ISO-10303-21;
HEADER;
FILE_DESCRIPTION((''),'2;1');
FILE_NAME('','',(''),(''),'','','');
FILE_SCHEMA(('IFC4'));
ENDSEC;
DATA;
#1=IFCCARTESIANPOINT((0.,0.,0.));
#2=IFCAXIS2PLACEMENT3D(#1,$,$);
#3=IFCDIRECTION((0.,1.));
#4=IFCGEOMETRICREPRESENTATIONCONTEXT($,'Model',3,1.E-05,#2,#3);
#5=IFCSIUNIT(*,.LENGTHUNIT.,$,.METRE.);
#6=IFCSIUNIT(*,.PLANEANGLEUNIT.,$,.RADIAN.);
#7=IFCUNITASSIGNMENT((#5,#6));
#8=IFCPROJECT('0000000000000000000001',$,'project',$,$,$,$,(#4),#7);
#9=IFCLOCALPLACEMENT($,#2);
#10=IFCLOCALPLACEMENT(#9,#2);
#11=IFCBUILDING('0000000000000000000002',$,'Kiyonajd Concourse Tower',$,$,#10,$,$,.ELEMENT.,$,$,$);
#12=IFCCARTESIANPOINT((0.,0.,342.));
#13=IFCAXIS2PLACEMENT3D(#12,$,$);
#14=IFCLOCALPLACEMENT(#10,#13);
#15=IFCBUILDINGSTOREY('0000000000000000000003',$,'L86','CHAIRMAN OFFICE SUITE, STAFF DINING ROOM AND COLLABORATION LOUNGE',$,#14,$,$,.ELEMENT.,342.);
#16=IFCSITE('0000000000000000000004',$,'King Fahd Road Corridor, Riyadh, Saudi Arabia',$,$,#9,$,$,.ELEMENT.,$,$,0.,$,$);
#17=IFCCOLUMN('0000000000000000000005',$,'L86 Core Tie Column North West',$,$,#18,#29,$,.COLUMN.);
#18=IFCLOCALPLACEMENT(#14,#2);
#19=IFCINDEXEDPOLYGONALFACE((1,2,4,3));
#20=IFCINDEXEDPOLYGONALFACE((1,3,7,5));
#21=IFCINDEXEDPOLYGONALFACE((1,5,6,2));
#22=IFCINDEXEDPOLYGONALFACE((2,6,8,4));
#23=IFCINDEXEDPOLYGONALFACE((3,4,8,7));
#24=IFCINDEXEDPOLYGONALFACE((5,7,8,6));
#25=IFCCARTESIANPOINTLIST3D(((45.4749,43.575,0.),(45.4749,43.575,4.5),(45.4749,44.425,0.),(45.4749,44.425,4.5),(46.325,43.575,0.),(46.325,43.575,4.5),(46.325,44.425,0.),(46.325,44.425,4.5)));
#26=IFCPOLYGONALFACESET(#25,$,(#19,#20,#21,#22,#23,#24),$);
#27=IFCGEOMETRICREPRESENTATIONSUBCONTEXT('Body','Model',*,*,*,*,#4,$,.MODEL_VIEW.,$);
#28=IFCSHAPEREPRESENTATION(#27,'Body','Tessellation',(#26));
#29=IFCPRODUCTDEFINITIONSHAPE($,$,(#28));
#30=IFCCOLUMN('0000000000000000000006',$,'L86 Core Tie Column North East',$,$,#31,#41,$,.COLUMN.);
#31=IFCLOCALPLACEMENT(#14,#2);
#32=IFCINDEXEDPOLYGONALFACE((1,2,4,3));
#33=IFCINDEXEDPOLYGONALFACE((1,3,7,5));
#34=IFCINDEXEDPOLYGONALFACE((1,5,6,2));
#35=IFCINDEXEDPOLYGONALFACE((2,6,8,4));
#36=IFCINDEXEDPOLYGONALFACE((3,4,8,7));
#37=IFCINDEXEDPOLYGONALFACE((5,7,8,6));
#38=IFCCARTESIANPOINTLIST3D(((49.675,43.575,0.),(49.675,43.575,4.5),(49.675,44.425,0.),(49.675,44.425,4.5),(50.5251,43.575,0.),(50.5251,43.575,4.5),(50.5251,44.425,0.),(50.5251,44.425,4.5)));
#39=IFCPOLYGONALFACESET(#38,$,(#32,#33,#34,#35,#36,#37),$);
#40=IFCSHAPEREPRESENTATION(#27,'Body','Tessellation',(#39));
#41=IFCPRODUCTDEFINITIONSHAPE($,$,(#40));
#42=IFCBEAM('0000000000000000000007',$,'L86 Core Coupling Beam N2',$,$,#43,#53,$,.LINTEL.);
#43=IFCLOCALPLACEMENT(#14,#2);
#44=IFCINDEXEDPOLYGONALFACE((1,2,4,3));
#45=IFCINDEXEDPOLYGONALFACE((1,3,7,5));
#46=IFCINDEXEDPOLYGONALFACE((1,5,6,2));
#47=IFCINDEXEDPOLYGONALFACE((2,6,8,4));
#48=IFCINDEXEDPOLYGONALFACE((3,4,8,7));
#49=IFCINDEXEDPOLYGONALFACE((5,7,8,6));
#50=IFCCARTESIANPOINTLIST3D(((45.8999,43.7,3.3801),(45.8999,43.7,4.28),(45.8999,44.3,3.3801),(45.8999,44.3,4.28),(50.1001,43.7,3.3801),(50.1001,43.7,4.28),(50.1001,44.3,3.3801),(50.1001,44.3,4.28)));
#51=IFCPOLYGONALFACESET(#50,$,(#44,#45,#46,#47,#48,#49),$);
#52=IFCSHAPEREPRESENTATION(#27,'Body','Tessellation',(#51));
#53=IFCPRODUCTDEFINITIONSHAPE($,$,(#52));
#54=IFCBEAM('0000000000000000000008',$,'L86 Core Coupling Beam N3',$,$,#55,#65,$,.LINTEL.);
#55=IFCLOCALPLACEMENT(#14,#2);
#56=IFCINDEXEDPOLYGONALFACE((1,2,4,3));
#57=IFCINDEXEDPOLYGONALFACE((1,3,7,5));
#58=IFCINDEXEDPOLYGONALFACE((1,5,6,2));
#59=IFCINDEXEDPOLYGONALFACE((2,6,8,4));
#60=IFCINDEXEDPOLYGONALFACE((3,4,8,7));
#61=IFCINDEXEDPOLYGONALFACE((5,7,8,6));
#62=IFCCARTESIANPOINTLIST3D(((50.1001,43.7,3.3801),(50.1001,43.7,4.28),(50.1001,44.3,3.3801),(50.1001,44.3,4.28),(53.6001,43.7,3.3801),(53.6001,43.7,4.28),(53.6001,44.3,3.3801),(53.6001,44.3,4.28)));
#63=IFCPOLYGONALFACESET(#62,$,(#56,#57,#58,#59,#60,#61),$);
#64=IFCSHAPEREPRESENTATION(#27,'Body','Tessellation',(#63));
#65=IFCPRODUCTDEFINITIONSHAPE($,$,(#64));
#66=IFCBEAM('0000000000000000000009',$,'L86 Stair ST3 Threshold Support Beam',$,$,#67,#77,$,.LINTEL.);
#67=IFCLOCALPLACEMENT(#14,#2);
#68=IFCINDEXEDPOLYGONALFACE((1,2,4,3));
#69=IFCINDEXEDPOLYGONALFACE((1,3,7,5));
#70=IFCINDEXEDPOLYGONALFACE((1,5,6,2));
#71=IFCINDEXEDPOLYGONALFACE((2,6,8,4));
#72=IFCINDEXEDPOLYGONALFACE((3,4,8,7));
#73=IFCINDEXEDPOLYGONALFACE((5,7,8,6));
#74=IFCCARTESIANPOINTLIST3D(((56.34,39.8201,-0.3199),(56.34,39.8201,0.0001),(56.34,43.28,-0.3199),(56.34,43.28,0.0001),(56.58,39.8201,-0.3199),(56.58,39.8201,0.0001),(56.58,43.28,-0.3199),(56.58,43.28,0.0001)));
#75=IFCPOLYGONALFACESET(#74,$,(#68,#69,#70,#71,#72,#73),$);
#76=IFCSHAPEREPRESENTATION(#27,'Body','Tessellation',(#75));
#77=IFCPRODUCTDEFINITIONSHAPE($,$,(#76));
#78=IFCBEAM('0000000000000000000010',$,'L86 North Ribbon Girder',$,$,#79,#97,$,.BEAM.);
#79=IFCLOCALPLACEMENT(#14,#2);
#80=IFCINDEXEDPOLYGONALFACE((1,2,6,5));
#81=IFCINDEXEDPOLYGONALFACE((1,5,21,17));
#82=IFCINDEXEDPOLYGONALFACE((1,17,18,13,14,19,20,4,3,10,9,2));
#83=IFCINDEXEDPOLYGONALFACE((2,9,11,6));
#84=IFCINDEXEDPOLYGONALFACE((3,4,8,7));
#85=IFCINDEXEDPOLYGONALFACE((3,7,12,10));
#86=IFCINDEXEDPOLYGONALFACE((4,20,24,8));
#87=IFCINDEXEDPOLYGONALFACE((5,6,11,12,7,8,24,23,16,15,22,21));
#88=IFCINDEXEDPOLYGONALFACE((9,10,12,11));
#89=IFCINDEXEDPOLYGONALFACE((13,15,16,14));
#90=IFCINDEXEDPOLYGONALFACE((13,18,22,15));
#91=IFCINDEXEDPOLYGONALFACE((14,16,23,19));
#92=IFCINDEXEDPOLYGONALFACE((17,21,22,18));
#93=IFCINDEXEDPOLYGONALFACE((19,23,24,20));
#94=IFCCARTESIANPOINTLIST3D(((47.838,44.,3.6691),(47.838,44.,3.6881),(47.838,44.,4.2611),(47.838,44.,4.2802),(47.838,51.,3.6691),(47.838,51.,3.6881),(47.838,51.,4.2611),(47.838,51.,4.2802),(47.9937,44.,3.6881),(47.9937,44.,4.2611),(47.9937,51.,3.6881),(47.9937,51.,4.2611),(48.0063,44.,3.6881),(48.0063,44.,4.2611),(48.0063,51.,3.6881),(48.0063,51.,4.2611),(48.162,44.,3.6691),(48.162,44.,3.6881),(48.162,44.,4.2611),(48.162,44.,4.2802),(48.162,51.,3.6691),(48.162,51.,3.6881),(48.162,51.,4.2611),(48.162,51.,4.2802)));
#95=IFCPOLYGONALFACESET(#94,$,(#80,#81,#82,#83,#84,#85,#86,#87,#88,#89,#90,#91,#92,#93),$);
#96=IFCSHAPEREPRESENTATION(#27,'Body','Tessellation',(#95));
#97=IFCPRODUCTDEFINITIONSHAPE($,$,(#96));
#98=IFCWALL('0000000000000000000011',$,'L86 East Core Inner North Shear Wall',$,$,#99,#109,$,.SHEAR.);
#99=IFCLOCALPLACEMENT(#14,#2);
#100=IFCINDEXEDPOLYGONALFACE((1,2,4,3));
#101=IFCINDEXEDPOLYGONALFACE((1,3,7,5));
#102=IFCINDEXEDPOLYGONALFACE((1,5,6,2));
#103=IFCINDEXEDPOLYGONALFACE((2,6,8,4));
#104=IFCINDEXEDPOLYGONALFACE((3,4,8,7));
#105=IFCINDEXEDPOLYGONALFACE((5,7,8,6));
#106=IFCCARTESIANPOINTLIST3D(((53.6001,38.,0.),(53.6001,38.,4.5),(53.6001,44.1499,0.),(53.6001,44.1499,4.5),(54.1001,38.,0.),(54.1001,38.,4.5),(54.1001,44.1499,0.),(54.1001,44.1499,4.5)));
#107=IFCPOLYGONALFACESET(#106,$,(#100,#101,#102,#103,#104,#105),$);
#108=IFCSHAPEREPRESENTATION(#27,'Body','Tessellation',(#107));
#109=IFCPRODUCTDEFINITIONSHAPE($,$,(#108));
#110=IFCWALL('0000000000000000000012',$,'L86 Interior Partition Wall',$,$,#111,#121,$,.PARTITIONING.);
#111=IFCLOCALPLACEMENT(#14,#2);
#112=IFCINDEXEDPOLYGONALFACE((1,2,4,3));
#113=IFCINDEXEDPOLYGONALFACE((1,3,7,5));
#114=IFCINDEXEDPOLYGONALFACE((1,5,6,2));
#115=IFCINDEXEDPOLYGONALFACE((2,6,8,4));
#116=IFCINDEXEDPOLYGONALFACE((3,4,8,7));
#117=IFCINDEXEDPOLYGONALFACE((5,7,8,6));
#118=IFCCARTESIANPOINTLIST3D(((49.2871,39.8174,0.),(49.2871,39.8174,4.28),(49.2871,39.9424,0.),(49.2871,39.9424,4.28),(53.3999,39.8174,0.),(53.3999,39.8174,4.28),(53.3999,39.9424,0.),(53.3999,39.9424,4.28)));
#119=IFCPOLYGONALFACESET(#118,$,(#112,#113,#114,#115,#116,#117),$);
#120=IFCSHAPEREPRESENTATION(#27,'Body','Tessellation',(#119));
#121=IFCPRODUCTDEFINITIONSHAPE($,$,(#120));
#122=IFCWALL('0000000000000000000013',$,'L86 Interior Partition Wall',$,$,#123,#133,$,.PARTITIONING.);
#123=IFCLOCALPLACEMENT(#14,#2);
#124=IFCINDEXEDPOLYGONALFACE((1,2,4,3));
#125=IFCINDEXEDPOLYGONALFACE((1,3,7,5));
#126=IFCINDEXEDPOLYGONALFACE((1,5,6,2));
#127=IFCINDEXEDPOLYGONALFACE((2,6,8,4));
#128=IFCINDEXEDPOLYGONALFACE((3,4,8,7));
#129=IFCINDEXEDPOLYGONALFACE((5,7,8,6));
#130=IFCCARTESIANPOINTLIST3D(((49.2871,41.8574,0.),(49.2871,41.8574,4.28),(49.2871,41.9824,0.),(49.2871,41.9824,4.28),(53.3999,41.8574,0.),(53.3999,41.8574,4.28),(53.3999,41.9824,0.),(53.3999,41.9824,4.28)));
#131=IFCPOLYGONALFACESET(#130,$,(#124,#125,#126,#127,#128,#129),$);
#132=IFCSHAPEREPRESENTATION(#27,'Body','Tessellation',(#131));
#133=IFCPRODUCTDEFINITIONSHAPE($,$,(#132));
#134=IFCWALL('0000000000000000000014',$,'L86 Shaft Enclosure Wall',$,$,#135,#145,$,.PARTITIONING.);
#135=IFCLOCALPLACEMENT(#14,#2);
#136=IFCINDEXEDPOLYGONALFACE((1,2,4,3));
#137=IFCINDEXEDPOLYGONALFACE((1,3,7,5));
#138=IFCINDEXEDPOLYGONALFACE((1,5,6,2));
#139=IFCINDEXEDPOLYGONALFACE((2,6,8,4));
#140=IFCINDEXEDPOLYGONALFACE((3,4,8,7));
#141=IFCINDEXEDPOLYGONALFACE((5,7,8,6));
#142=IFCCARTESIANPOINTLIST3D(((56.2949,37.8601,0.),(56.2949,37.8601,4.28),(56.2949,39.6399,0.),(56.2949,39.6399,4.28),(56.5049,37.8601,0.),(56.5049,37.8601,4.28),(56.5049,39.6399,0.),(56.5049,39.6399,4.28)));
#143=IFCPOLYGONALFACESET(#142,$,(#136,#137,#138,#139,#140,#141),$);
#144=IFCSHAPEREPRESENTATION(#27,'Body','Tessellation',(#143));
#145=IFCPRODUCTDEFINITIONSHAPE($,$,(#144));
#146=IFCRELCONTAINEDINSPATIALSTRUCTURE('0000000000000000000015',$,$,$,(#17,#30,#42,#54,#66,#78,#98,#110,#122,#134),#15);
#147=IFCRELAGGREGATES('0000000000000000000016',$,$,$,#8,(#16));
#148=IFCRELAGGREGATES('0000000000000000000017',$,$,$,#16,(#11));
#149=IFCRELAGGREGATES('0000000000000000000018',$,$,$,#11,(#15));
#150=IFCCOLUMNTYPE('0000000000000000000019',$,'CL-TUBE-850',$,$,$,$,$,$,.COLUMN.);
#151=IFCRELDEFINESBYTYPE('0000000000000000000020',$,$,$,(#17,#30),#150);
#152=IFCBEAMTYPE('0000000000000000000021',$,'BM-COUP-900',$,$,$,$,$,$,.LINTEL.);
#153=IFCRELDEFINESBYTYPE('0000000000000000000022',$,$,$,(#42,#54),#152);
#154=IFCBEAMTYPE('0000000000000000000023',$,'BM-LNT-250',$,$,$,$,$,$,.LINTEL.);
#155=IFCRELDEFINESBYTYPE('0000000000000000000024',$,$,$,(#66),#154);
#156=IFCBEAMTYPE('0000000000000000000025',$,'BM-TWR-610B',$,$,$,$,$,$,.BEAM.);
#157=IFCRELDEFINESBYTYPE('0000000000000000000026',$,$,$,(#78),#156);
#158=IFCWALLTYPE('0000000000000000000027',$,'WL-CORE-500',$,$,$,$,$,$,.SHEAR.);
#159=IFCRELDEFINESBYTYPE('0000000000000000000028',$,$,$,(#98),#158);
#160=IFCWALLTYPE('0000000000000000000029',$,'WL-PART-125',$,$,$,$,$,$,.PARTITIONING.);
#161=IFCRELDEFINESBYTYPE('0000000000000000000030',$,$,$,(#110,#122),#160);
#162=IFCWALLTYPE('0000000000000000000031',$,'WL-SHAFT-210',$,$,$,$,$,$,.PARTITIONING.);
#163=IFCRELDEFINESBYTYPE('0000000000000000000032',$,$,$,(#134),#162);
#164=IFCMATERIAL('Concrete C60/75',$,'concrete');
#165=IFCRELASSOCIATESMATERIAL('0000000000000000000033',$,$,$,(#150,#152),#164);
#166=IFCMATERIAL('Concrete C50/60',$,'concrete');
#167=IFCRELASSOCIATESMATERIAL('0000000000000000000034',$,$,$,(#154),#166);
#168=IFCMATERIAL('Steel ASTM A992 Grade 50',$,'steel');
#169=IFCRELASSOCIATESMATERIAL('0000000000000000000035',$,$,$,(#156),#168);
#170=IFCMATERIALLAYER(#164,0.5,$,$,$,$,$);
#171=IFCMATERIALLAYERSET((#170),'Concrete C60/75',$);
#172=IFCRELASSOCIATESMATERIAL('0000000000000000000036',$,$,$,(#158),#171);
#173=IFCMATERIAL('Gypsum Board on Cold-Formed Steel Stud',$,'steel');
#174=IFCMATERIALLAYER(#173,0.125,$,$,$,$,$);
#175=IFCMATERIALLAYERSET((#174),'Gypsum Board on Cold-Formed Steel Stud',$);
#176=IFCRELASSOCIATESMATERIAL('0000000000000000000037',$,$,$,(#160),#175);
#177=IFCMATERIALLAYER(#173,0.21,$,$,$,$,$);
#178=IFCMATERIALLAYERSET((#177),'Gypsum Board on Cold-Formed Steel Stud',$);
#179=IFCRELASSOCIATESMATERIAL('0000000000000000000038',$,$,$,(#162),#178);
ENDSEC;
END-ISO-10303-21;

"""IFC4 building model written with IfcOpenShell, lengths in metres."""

from ifc_helpers import new_model, si_unit, direction, frame, frame_2d, origin, origin_2d, place, context, subcontext, project, spatial, rectangle, i_section, extrude, material, layer, layer_set, material_profile, profile_set, type_object, element, save


model = new_model("IFC4")

# Units and contexts
model_context = context("Model", 3, precision=1e-05, world=origin(), true_north=direction((0.0, 1.0)))
body_context = subcontext(model_context, "Body", "Model", "MODEL_VIEW")
ifc_project = project(units=[si_unit("LENGTHUNIT", "METRE"), si_unit("PLANEANGLEUNIT", "RADIAN")], contexts=[model_context])

# Site, building, storey
site_placement = place(None, origin())
site = spatial("IfcSite", under=ifc_project, at=site_placement, Name="King Fahd Road Corridor, Riyadh, Saudi Arabia", CompositionType="ELEMENT", RefElevation=0.0)
building_placement = place(site_placement, origin())
building = spatial("IfcBuilding", under=site, at=building_placement, Name="Kiyonajd Concourse Tower", CompositionType="ELEMENT")
storey_placement = place(building_placement, frame((0.0, 0.0, 342.0)))
storey = spatial("IfcBuildingStorey", under=building, at=storey_placement, Name="L86", Description="CHAIRMAN OFFICE SUITE, STAFF DINING ROOM AND COLLABORATION LOUNGE", CompositionType="ELEMENT", Elevation=342.0)

# Columns
ifc_material_1 = material(Name="Concrete C60/75", Category="concrete")
ifc_material_profile_1 = material_profile(ifc_material_1, rectangle(XDim=0.8501, YDim=0.8501, at=origin_2d()), Name="RC-850x850")
ifc_profile_set_1 = profile_set([ifc_material_profile_1], Name="Concrete C60/75")
column_type = type_object("IfcColumnType", Name="CL-TUBE-850", PredefinedType="COLUMN", material=ifc_profile_set_1)
for number, where, z_axis, x_axis, name in (
    (1, (45.8999, 44.0, 0.0), (0.0, 0.0, 1.0), (1.0, 0.0, 0.0), "L86 Core Tie Column North West"),
    (2, (50.1001, 44.0, 0.0), (0.0, 0.0, 1.0), (1.0, 0.0, 0.0), "L86 Core Tie Column North East"),
):
    element("IfcColumn", number, at=place(storey_placement, frame(where, z_axis=z_axis, x_axis=x_axis)), inside=storey, type_object=column_type, Name=name, PredefinedType="COLUMN", context=body_context, shape_type="SweptSolid", body=[
        extrude(rectangle(XDim=0.8501, YDim=0.8501, at=origin_2d()), origin(), (0.0, 0.0, 1.0), 4.5),
    ])

# Beams
ifc_material_profile_2 = material_profile(ifc_material_1, rectangle(XDim=0.6001, YDim=0.8999, at=origin_2d()), Name="RCBM-600x900")
ifc_profile_set_2 = profile_set([ifc_material_profile_2], Name="Concrete C60/75")
beam_type_1 = type_object("IfcBeamType", Name="BM-COUP-900", PredefinedType="LINTEL", material=ifc_profile_set_2)
beam_1_placement = place(storey_placement, frame((45.8999, 44.0, 3.8301), z_axis=(1.0, 0.0, 0.0), x_axis=(0.0, 1.0, 0.0)))
element("IfcBeam", 3, at=beam_1_placement, inside=storey, type_object=beam_type_1, Name="L86 Core Coupling Beam N2", PredefinedType="LINTEL", context=body_context, shape_type="SweptSolid", body=[
    extrude(rectangle(XDim=0.6001, YDim=0.8999, at=origin_2d()), origin(), (0.0, 0.0, 1.0), 4.2002),
])
beam_2_placement = place(storey_placement, frame((50.1001, 44.0, 3.8301), z_axis=(1.0, 0.0, 0.0), x_axis=(0.0, 1.0, 0.0)))
element("IfcBeam", 4, at=beam_2_placement, inside=storey, type_object=beam_type_1, Name="L86 Core Coupling Beam N3", PredefinedType="LINTEL", context=body_context, shape_type="SweptSolid", body=[
    extrude(rectangle(XDim=0.6001, YDim=0.8999, at=origin_2d()), origin(), (0.0, 0.0, 1.0), 3.5),
])
ifc_material_2 = material(Name="Concrete C50/60", Category="concrete")
ifc_material_profile_3 = material_profile(ifc_material_2, rectangle(XDim=0.24, YDim=0.3201, at=origin_2d()), Name="RCBM-240x320")
ifc_profile_set_3 = profile_set([ifc_material_profile_3], Name="Concrete C50/60")
beam_type_2 = type_object("IfcBeamType", Name="BM-LNT-250", PredefinedType="LINTEL", material=ifc_profile_set_3)
beam_3_placement = place(storey_placement, frame((56.46, 39.8201, -0.1599), z_axis=(0.0, 1.0, 0.0), x_axis=(-1.0, 0.0, 0.0)))
element("IfcBeam", 5, at=beam_3_placement, inside=storey, type_object=beam_type_2, Name="L86 Stair ST3 Threshold Support Beam", PredefinedType="LINTEL", context=body_context, shape_type="SweptSolid", body=[
    extrude(rectangle(XDim=0.24, YDim=0.3201, at=origin_2d()), origin(), (0.0, 0.0, 1.0), 3.46),
])
ifc_material_3 = material(Name="Steel ASTM A992 Grade 50", Category="steel")
ifc_material_profile_4 = material_profile(ifc_material_3, i_section(OverallWidth=0.324, OverallDepth=0.6111, WebThickness=0.0127, FlangeThickness=0.019, at=origin_2d()), Name="W610X155")
ifc_profile_set_4 = profile_set([ifc_material_profile_4], Name="Steel ASTM A992 Grade 50")
beam_type_3 = type_object("IfcBeamType", Name="BM-TWR-610B", PredefinedType="BEAM", material=ifc_profile_set_4)
beam_4_placement = place(storey_placement, frame((48.0, 44.0, 3.9746), z_axis=(0.0, 1.0, 0.0), x_axis=(-1.0, 0.0, 0.0)))
element("IfcBeam", 6, at=beam_4_placement, inside=storey, type_object=beam_type_3, Name="L86 North Ribbon Girder", PredefinedType="BEAM", context=body_context, shape_type="SweptSolid", body=[
    extrude(i_section(OverallWidth=0.324, OverallDepth=0.6111, WebThickness=0.0127, FlangeThickness=0.019, at=origin_2d()), origin(), (0.0, 0.0, 1.0), 7.0),
])

# Walls
ifc_layer_1 = layer(ifc_material_1, 0.5)
ifc_layer_set_1 = layer_set([ifc_layer_1], Name="Concrete C60/75")
wall_type_1 = type_object("IfcWallType", Name="WL-CORE-500", PredefinedType="SHEAR", material=ifc_layer_set_1)
wall_1_placement = place(storey_placement, frame((53.8501, 38.0, 0.0), z_axis=(0.0, 0.0, 1.0), x_axis=(0.0, 1.0, 0.0)))
element("IfcWall", 7, at=wall_1_placement, inside=storey, type_object=wall_type_1, Name="L86 East Core Inner North Shear Wall", PredefinedType="SHEAR", context=body_context, shape_type="SweptSolid", body=[
    extrude(rectangle(XDim=6.1499, YDim=0.5, at=frame_2d((3.075, 0.0))), origin(), (0.0, 0.0, 1.0), 4.5),
])
ifc_material_4 = material(Name="Gypsum Board on Cold-Formed Steel Stud", Category="steel")
ifc_layer_2 = layer(ifc_material_4, 0.125)
ifc_layer_set_2 = layer_set([ifc_layer_2], Name="Gypsum Board on Cold-Formed Steel Stud")
wall_type_2 = type_object("IfcWallType", Name="WL-PART-125", PredefinedType="PARTITIONING", material=ifc_layer_set_2)
for number, where, z_axis, x_axis, name in (
    (8, (49.2871, 39.8799, 0.0), (0.0, 0.0, 1.0), (1.0, 0.0, 0.0), "L86 Interior Partition Wall"),
    (9, (49.2871, 41.9199, 0.0), (0.0, 0.0, 1.0), (1.0, 0.0, 0.0), "L86 Interior Partition Wall"),
):
    element("IfcWall", number, at=place(storey_placement, frame(where, z_axis=z_axis, x_axis=x_axis)), inside=storey, type_object=wall_type_2, Name=name, PredefinedType="PARTITIONING", context=body_context, shape_type="SweptSolid", body=[
        extrude(rectangle(XDim=4.1128, YDim=0.125, at=frame_2d((2.0564, 0.0))), origin(), (0.0, 0.0, 1.0), 4.28),
    ])
ifc_layer_3 = layer(ifc_material_4, 0.21)
ifc_layer_set_3 = layer_set([ifc_layer_3], Name="Gypsum Board on Cold-Formed Steel Stud")
wall_type_3 = type_object("IfcWallType", Name="WL-SHAFT-210", PredefinedType="PARTITIONING", material=ifc_layer_set_3)
wall_2_placement = place(storey_placement, frame((56.3999, 37.8601, 0.0), z_axis=(0.0, 0.0, 1.0), x_axis=(0.0, 1.0, 0.0)))
element("IfcWall", 10, at=wall_2_placement, inside=storey, type_object=wall_type_3, Name="L86 Shaft Enclosure Wall", PredefinedType="PARTITIONING", context=body_context, shape_type="SweptSolid", body=[
    extrude(rectangle(XDim=1.7798, YDim=0.21, at=frame_2d((0.8899, 0.0))), origin(), (0.0, 0.0, 1.0), 4.28),
])

save(model, "model.ifc")
